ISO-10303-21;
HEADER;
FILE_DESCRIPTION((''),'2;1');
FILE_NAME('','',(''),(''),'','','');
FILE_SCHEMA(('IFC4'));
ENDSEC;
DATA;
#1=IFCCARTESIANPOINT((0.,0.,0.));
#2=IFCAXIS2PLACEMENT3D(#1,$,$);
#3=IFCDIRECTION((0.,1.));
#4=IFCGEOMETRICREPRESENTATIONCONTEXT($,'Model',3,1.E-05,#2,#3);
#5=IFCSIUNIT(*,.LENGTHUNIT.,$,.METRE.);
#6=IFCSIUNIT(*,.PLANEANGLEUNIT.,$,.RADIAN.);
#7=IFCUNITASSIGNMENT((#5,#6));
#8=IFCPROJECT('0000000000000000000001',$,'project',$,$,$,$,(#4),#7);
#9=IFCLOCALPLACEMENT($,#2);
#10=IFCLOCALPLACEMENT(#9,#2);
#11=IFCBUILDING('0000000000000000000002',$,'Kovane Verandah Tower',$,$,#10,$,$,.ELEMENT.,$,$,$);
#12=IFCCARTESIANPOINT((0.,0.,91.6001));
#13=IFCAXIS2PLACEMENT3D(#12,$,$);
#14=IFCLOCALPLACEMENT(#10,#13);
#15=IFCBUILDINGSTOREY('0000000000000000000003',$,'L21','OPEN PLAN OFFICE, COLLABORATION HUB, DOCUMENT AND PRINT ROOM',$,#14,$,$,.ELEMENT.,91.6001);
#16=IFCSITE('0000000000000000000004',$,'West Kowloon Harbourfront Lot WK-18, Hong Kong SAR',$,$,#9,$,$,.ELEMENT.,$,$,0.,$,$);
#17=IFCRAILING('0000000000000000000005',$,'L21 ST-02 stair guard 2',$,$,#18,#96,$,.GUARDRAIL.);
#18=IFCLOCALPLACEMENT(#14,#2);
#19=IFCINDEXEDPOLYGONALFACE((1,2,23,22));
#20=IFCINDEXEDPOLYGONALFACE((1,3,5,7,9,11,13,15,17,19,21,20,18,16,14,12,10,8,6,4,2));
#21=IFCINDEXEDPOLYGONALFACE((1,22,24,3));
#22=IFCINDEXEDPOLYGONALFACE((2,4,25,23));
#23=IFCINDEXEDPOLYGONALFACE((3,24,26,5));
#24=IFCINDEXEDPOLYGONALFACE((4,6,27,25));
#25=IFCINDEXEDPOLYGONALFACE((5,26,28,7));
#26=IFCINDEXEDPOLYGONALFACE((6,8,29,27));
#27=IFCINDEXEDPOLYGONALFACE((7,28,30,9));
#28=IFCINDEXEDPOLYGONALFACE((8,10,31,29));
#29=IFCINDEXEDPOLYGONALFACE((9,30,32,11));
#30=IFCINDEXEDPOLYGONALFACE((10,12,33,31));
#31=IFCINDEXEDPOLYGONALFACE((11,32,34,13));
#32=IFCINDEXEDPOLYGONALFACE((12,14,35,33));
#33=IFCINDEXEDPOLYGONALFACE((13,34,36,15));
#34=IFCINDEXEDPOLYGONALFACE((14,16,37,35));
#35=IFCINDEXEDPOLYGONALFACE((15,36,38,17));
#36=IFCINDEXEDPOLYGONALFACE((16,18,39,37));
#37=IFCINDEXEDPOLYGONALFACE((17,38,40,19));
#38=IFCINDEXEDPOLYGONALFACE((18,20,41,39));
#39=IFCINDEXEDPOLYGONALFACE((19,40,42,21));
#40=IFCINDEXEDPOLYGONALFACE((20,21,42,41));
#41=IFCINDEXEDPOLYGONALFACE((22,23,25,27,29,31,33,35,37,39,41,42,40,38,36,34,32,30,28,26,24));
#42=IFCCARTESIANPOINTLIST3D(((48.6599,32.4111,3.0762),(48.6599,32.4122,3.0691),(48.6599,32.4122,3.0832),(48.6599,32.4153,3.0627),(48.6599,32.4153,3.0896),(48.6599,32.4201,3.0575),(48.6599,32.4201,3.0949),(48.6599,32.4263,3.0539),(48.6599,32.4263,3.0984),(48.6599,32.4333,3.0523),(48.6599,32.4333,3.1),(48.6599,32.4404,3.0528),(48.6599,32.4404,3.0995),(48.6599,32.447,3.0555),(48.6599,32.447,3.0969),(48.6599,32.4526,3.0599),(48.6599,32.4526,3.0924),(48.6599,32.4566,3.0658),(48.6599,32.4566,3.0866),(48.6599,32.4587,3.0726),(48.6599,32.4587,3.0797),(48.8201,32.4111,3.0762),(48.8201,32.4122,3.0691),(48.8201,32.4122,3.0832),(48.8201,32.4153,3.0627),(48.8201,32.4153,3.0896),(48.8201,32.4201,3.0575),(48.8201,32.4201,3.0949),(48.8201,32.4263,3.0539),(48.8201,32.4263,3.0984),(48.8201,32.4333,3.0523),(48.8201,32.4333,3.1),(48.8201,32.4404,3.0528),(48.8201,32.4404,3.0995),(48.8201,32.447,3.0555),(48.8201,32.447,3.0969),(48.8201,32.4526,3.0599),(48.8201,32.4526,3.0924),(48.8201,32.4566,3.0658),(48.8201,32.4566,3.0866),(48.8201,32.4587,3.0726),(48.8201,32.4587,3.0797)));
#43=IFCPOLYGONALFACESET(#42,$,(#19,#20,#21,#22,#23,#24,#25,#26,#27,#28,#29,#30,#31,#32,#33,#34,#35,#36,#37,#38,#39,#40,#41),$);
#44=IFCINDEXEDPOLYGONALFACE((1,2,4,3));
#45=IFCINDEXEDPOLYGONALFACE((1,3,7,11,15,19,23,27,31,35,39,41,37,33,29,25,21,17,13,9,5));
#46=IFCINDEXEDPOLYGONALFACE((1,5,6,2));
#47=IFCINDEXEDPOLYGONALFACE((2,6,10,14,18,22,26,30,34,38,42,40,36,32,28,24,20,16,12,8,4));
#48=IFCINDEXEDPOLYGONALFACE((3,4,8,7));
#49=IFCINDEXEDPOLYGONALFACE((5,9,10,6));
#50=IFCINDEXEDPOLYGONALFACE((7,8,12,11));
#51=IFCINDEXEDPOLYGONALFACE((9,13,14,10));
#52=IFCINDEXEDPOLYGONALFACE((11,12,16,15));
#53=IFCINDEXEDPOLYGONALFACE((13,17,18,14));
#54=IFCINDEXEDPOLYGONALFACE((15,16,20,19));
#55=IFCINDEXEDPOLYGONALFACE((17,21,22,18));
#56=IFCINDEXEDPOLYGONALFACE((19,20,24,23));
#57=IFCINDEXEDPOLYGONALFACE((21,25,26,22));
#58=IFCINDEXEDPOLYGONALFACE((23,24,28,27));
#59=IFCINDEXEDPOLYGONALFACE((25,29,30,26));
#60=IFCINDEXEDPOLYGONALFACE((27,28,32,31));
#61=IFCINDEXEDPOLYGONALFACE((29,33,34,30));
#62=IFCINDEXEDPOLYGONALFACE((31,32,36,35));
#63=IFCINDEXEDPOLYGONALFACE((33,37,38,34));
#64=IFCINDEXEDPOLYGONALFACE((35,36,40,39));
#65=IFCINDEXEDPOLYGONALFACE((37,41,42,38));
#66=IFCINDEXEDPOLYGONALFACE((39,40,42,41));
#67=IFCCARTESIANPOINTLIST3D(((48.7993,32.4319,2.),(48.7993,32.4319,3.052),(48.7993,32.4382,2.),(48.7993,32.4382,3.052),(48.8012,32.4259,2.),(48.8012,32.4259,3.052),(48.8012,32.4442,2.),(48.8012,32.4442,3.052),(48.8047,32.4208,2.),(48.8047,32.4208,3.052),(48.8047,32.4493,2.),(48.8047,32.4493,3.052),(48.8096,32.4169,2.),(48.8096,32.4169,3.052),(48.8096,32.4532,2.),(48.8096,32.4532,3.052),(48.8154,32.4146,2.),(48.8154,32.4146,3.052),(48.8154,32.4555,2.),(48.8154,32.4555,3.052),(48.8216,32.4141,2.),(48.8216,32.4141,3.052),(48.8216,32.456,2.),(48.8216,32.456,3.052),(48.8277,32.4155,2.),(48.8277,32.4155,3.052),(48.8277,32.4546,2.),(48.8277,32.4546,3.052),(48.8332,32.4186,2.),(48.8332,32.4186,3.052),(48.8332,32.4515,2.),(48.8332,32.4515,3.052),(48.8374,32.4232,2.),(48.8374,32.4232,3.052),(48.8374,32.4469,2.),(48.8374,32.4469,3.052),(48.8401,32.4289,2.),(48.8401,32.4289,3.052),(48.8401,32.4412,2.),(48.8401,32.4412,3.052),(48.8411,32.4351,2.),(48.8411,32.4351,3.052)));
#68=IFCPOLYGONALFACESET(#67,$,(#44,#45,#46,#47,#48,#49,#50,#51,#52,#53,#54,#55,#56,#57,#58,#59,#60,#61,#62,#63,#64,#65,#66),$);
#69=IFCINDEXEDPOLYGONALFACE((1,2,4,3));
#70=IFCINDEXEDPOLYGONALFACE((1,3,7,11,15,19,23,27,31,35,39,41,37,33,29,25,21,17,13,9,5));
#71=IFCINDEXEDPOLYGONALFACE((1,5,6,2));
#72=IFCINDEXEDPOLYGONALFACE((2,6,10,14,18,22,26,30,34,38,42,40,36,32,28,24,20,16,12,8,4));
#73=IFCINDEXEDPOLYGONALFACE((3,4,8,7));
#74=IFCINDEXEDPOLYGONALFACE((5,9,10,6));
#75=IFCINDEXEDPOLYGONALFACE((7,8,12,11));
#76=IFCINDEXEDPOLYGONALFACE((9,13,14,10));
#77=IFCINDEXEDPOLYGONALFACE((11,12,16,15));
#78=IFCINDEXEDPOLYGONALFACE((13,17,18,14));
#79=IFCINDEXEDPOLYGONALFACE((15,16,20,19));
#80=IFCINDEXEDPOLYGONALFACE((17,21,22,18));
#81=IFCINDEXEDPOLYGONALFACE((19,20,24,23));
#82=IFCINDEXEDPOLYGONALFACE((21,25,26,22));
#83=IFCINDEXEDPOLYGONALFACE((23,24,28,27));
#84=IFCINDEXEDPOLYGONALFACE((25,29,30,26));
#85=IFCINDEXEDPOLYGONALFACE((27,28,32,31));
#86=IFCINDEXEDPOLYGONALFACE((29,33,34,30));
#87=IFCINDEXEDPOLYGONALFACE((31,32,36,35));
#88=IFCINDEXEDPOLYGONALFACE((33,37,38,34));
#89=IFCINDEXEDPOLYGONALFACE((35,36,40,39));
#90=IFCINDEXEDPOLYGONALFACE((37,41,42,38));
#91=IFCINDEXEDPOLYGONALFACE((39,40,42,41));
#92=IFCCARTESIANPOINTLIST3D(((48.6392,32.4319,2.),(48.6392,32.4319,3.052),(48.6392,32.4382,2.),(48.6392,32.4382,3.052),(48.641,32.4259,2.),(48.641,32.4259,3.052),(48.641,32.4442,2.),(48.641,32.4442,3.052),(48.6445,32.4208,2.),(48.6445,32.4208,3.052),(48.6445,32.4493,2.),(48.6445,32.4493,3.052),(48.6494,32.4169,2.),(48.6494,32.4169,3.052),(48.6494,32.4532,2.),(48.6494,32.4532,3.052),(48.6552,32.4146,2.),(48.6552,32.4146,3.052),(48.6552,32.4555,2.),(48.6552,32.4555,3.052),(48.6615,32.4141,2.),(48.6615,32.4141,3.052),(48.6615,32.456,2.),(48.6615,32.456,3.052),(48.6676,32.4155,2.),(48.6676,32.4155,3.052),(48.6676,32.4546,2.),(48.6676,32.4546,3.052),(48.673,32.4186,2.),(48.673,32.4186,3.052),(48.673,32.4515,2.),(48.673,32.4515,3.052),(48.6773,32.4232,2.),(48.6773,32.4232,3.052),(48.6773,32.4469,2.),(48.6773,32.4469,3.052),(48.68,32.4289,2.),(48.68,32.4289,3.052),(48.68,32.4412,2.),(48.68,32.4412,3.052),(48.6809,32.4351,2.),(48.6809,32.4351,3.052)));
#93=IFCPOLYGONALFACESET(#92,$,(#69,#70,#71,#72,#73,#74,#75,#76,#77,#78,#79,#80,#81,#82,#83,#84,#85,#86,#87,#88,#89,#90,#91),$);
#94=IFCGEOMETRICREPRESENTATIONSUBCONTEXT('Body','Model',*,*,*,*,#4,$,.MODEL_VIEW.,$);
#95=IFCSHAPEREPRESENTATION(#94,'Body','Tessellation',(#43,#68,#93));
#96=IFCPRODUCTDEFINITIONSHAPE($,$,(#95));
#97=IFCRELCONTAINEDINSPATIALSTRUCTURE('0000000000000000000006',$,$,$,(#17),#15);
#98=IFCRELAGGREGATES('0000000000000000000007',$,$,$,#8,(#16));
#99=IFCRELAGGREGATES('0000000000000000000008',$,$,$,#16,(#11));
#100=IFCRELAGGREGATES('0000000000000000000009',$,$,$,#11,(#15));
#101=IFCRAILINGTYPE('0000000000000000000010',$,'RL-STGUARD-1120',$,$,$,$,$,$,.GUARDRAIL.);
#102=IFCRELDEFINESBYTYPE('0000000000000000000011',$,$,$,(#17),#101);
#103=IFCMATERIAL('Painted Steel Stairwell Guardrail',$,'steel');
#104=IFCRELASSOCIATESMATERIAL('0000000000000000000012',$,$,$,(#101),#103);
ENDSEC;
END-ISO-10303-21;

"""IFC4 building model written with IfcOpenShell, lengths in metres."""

from ifc_helpers import new_model, si_unit, direction, frame, origin, origin_2d, place, context, subcontext, project, spatial, circle, extrude, material, type_object, element, save


model = new_model("IFC4")

# Units and contexts
model_context = context("Model", 3, precision=1e-05, world=origin(), true_north=direction((0.0, 1.0)))
body_context = subcontext(model_context, "Body", "Model", "MODEL_VIEW")
ifc_project = project(units=[si_unit("LENGTHUNIT", "METRE"), si_unit("PLANEANGLEUNIT", "RADIAN")], contexts=[model_context])

# Site, building, storey
site_placement = place(None, origin())
site = spatial("IfcSite", under=ifc_project, at=site_placement, Name="West Kowloon Harbourfront Lot WK-18, Hong Kong SAR", CompositionType="ELEMENT", RefElevation=0.0)
building_placement = place(site_placement, origin())
building = spatial("IfcBuilding", under=site, at=building_placement, Name="Kovane Verandah Tower", CompositionType="ELEMENT")
storey_placement = place(building_placement, frame((0.0, 0.0, 91.6001)))
storey = spatial("IfcBuildingStorey", under=building, at=storey_placement, Name="L21", Description="OPEN PLAN OFFICE, COLLABORATION HUB, DOCUMENT AND PRINT ROOM", CompositionType="ELEMENT", Elevation=91.6001)

# Railing
ifc_material_1 = material(Name="Painted Steel Stairwell Guardrail", Category="steel")
railing_type_1 = type_object("IfcRailingType", Name="RL-STGUARD-1120", PredefinedType="GUARDRAIL", material=ifc_material_1)
railing_1_placement = place(storey_placement, frame((48.8201, 32.4351, 2.0)))
element("IfcRailing", 1, at=railing_1_placement, inside=storey, type_object=railing_type_1, Name="L21 ST-02 stair guard 2", PredefinedType="GUARDRAIL", context=body_context, shape_type="SweptSolid", body=[
    extrude(circle(Radius=0.0239, at=origin_2d()), frame((0.0, 0.0, 1.0762), z_axis=(-1.0, 0.0, 0.0), x_axis=(0.0, -1.0, 0.0)), (0.0, 0.0, 1.0), 0.1602),
    extrude(circle(Radius=0.021, at=origin_2d()), origin(), (0.0, 0.0, 1.0), 1.052),
    extrude(circle(Radius=0.021, at=origin_2d()), frame((-0.1602, 0.0, 0.0)), (0.0, 0.0, 1.0), 1.052),
])

save(model, "model.ifc")
